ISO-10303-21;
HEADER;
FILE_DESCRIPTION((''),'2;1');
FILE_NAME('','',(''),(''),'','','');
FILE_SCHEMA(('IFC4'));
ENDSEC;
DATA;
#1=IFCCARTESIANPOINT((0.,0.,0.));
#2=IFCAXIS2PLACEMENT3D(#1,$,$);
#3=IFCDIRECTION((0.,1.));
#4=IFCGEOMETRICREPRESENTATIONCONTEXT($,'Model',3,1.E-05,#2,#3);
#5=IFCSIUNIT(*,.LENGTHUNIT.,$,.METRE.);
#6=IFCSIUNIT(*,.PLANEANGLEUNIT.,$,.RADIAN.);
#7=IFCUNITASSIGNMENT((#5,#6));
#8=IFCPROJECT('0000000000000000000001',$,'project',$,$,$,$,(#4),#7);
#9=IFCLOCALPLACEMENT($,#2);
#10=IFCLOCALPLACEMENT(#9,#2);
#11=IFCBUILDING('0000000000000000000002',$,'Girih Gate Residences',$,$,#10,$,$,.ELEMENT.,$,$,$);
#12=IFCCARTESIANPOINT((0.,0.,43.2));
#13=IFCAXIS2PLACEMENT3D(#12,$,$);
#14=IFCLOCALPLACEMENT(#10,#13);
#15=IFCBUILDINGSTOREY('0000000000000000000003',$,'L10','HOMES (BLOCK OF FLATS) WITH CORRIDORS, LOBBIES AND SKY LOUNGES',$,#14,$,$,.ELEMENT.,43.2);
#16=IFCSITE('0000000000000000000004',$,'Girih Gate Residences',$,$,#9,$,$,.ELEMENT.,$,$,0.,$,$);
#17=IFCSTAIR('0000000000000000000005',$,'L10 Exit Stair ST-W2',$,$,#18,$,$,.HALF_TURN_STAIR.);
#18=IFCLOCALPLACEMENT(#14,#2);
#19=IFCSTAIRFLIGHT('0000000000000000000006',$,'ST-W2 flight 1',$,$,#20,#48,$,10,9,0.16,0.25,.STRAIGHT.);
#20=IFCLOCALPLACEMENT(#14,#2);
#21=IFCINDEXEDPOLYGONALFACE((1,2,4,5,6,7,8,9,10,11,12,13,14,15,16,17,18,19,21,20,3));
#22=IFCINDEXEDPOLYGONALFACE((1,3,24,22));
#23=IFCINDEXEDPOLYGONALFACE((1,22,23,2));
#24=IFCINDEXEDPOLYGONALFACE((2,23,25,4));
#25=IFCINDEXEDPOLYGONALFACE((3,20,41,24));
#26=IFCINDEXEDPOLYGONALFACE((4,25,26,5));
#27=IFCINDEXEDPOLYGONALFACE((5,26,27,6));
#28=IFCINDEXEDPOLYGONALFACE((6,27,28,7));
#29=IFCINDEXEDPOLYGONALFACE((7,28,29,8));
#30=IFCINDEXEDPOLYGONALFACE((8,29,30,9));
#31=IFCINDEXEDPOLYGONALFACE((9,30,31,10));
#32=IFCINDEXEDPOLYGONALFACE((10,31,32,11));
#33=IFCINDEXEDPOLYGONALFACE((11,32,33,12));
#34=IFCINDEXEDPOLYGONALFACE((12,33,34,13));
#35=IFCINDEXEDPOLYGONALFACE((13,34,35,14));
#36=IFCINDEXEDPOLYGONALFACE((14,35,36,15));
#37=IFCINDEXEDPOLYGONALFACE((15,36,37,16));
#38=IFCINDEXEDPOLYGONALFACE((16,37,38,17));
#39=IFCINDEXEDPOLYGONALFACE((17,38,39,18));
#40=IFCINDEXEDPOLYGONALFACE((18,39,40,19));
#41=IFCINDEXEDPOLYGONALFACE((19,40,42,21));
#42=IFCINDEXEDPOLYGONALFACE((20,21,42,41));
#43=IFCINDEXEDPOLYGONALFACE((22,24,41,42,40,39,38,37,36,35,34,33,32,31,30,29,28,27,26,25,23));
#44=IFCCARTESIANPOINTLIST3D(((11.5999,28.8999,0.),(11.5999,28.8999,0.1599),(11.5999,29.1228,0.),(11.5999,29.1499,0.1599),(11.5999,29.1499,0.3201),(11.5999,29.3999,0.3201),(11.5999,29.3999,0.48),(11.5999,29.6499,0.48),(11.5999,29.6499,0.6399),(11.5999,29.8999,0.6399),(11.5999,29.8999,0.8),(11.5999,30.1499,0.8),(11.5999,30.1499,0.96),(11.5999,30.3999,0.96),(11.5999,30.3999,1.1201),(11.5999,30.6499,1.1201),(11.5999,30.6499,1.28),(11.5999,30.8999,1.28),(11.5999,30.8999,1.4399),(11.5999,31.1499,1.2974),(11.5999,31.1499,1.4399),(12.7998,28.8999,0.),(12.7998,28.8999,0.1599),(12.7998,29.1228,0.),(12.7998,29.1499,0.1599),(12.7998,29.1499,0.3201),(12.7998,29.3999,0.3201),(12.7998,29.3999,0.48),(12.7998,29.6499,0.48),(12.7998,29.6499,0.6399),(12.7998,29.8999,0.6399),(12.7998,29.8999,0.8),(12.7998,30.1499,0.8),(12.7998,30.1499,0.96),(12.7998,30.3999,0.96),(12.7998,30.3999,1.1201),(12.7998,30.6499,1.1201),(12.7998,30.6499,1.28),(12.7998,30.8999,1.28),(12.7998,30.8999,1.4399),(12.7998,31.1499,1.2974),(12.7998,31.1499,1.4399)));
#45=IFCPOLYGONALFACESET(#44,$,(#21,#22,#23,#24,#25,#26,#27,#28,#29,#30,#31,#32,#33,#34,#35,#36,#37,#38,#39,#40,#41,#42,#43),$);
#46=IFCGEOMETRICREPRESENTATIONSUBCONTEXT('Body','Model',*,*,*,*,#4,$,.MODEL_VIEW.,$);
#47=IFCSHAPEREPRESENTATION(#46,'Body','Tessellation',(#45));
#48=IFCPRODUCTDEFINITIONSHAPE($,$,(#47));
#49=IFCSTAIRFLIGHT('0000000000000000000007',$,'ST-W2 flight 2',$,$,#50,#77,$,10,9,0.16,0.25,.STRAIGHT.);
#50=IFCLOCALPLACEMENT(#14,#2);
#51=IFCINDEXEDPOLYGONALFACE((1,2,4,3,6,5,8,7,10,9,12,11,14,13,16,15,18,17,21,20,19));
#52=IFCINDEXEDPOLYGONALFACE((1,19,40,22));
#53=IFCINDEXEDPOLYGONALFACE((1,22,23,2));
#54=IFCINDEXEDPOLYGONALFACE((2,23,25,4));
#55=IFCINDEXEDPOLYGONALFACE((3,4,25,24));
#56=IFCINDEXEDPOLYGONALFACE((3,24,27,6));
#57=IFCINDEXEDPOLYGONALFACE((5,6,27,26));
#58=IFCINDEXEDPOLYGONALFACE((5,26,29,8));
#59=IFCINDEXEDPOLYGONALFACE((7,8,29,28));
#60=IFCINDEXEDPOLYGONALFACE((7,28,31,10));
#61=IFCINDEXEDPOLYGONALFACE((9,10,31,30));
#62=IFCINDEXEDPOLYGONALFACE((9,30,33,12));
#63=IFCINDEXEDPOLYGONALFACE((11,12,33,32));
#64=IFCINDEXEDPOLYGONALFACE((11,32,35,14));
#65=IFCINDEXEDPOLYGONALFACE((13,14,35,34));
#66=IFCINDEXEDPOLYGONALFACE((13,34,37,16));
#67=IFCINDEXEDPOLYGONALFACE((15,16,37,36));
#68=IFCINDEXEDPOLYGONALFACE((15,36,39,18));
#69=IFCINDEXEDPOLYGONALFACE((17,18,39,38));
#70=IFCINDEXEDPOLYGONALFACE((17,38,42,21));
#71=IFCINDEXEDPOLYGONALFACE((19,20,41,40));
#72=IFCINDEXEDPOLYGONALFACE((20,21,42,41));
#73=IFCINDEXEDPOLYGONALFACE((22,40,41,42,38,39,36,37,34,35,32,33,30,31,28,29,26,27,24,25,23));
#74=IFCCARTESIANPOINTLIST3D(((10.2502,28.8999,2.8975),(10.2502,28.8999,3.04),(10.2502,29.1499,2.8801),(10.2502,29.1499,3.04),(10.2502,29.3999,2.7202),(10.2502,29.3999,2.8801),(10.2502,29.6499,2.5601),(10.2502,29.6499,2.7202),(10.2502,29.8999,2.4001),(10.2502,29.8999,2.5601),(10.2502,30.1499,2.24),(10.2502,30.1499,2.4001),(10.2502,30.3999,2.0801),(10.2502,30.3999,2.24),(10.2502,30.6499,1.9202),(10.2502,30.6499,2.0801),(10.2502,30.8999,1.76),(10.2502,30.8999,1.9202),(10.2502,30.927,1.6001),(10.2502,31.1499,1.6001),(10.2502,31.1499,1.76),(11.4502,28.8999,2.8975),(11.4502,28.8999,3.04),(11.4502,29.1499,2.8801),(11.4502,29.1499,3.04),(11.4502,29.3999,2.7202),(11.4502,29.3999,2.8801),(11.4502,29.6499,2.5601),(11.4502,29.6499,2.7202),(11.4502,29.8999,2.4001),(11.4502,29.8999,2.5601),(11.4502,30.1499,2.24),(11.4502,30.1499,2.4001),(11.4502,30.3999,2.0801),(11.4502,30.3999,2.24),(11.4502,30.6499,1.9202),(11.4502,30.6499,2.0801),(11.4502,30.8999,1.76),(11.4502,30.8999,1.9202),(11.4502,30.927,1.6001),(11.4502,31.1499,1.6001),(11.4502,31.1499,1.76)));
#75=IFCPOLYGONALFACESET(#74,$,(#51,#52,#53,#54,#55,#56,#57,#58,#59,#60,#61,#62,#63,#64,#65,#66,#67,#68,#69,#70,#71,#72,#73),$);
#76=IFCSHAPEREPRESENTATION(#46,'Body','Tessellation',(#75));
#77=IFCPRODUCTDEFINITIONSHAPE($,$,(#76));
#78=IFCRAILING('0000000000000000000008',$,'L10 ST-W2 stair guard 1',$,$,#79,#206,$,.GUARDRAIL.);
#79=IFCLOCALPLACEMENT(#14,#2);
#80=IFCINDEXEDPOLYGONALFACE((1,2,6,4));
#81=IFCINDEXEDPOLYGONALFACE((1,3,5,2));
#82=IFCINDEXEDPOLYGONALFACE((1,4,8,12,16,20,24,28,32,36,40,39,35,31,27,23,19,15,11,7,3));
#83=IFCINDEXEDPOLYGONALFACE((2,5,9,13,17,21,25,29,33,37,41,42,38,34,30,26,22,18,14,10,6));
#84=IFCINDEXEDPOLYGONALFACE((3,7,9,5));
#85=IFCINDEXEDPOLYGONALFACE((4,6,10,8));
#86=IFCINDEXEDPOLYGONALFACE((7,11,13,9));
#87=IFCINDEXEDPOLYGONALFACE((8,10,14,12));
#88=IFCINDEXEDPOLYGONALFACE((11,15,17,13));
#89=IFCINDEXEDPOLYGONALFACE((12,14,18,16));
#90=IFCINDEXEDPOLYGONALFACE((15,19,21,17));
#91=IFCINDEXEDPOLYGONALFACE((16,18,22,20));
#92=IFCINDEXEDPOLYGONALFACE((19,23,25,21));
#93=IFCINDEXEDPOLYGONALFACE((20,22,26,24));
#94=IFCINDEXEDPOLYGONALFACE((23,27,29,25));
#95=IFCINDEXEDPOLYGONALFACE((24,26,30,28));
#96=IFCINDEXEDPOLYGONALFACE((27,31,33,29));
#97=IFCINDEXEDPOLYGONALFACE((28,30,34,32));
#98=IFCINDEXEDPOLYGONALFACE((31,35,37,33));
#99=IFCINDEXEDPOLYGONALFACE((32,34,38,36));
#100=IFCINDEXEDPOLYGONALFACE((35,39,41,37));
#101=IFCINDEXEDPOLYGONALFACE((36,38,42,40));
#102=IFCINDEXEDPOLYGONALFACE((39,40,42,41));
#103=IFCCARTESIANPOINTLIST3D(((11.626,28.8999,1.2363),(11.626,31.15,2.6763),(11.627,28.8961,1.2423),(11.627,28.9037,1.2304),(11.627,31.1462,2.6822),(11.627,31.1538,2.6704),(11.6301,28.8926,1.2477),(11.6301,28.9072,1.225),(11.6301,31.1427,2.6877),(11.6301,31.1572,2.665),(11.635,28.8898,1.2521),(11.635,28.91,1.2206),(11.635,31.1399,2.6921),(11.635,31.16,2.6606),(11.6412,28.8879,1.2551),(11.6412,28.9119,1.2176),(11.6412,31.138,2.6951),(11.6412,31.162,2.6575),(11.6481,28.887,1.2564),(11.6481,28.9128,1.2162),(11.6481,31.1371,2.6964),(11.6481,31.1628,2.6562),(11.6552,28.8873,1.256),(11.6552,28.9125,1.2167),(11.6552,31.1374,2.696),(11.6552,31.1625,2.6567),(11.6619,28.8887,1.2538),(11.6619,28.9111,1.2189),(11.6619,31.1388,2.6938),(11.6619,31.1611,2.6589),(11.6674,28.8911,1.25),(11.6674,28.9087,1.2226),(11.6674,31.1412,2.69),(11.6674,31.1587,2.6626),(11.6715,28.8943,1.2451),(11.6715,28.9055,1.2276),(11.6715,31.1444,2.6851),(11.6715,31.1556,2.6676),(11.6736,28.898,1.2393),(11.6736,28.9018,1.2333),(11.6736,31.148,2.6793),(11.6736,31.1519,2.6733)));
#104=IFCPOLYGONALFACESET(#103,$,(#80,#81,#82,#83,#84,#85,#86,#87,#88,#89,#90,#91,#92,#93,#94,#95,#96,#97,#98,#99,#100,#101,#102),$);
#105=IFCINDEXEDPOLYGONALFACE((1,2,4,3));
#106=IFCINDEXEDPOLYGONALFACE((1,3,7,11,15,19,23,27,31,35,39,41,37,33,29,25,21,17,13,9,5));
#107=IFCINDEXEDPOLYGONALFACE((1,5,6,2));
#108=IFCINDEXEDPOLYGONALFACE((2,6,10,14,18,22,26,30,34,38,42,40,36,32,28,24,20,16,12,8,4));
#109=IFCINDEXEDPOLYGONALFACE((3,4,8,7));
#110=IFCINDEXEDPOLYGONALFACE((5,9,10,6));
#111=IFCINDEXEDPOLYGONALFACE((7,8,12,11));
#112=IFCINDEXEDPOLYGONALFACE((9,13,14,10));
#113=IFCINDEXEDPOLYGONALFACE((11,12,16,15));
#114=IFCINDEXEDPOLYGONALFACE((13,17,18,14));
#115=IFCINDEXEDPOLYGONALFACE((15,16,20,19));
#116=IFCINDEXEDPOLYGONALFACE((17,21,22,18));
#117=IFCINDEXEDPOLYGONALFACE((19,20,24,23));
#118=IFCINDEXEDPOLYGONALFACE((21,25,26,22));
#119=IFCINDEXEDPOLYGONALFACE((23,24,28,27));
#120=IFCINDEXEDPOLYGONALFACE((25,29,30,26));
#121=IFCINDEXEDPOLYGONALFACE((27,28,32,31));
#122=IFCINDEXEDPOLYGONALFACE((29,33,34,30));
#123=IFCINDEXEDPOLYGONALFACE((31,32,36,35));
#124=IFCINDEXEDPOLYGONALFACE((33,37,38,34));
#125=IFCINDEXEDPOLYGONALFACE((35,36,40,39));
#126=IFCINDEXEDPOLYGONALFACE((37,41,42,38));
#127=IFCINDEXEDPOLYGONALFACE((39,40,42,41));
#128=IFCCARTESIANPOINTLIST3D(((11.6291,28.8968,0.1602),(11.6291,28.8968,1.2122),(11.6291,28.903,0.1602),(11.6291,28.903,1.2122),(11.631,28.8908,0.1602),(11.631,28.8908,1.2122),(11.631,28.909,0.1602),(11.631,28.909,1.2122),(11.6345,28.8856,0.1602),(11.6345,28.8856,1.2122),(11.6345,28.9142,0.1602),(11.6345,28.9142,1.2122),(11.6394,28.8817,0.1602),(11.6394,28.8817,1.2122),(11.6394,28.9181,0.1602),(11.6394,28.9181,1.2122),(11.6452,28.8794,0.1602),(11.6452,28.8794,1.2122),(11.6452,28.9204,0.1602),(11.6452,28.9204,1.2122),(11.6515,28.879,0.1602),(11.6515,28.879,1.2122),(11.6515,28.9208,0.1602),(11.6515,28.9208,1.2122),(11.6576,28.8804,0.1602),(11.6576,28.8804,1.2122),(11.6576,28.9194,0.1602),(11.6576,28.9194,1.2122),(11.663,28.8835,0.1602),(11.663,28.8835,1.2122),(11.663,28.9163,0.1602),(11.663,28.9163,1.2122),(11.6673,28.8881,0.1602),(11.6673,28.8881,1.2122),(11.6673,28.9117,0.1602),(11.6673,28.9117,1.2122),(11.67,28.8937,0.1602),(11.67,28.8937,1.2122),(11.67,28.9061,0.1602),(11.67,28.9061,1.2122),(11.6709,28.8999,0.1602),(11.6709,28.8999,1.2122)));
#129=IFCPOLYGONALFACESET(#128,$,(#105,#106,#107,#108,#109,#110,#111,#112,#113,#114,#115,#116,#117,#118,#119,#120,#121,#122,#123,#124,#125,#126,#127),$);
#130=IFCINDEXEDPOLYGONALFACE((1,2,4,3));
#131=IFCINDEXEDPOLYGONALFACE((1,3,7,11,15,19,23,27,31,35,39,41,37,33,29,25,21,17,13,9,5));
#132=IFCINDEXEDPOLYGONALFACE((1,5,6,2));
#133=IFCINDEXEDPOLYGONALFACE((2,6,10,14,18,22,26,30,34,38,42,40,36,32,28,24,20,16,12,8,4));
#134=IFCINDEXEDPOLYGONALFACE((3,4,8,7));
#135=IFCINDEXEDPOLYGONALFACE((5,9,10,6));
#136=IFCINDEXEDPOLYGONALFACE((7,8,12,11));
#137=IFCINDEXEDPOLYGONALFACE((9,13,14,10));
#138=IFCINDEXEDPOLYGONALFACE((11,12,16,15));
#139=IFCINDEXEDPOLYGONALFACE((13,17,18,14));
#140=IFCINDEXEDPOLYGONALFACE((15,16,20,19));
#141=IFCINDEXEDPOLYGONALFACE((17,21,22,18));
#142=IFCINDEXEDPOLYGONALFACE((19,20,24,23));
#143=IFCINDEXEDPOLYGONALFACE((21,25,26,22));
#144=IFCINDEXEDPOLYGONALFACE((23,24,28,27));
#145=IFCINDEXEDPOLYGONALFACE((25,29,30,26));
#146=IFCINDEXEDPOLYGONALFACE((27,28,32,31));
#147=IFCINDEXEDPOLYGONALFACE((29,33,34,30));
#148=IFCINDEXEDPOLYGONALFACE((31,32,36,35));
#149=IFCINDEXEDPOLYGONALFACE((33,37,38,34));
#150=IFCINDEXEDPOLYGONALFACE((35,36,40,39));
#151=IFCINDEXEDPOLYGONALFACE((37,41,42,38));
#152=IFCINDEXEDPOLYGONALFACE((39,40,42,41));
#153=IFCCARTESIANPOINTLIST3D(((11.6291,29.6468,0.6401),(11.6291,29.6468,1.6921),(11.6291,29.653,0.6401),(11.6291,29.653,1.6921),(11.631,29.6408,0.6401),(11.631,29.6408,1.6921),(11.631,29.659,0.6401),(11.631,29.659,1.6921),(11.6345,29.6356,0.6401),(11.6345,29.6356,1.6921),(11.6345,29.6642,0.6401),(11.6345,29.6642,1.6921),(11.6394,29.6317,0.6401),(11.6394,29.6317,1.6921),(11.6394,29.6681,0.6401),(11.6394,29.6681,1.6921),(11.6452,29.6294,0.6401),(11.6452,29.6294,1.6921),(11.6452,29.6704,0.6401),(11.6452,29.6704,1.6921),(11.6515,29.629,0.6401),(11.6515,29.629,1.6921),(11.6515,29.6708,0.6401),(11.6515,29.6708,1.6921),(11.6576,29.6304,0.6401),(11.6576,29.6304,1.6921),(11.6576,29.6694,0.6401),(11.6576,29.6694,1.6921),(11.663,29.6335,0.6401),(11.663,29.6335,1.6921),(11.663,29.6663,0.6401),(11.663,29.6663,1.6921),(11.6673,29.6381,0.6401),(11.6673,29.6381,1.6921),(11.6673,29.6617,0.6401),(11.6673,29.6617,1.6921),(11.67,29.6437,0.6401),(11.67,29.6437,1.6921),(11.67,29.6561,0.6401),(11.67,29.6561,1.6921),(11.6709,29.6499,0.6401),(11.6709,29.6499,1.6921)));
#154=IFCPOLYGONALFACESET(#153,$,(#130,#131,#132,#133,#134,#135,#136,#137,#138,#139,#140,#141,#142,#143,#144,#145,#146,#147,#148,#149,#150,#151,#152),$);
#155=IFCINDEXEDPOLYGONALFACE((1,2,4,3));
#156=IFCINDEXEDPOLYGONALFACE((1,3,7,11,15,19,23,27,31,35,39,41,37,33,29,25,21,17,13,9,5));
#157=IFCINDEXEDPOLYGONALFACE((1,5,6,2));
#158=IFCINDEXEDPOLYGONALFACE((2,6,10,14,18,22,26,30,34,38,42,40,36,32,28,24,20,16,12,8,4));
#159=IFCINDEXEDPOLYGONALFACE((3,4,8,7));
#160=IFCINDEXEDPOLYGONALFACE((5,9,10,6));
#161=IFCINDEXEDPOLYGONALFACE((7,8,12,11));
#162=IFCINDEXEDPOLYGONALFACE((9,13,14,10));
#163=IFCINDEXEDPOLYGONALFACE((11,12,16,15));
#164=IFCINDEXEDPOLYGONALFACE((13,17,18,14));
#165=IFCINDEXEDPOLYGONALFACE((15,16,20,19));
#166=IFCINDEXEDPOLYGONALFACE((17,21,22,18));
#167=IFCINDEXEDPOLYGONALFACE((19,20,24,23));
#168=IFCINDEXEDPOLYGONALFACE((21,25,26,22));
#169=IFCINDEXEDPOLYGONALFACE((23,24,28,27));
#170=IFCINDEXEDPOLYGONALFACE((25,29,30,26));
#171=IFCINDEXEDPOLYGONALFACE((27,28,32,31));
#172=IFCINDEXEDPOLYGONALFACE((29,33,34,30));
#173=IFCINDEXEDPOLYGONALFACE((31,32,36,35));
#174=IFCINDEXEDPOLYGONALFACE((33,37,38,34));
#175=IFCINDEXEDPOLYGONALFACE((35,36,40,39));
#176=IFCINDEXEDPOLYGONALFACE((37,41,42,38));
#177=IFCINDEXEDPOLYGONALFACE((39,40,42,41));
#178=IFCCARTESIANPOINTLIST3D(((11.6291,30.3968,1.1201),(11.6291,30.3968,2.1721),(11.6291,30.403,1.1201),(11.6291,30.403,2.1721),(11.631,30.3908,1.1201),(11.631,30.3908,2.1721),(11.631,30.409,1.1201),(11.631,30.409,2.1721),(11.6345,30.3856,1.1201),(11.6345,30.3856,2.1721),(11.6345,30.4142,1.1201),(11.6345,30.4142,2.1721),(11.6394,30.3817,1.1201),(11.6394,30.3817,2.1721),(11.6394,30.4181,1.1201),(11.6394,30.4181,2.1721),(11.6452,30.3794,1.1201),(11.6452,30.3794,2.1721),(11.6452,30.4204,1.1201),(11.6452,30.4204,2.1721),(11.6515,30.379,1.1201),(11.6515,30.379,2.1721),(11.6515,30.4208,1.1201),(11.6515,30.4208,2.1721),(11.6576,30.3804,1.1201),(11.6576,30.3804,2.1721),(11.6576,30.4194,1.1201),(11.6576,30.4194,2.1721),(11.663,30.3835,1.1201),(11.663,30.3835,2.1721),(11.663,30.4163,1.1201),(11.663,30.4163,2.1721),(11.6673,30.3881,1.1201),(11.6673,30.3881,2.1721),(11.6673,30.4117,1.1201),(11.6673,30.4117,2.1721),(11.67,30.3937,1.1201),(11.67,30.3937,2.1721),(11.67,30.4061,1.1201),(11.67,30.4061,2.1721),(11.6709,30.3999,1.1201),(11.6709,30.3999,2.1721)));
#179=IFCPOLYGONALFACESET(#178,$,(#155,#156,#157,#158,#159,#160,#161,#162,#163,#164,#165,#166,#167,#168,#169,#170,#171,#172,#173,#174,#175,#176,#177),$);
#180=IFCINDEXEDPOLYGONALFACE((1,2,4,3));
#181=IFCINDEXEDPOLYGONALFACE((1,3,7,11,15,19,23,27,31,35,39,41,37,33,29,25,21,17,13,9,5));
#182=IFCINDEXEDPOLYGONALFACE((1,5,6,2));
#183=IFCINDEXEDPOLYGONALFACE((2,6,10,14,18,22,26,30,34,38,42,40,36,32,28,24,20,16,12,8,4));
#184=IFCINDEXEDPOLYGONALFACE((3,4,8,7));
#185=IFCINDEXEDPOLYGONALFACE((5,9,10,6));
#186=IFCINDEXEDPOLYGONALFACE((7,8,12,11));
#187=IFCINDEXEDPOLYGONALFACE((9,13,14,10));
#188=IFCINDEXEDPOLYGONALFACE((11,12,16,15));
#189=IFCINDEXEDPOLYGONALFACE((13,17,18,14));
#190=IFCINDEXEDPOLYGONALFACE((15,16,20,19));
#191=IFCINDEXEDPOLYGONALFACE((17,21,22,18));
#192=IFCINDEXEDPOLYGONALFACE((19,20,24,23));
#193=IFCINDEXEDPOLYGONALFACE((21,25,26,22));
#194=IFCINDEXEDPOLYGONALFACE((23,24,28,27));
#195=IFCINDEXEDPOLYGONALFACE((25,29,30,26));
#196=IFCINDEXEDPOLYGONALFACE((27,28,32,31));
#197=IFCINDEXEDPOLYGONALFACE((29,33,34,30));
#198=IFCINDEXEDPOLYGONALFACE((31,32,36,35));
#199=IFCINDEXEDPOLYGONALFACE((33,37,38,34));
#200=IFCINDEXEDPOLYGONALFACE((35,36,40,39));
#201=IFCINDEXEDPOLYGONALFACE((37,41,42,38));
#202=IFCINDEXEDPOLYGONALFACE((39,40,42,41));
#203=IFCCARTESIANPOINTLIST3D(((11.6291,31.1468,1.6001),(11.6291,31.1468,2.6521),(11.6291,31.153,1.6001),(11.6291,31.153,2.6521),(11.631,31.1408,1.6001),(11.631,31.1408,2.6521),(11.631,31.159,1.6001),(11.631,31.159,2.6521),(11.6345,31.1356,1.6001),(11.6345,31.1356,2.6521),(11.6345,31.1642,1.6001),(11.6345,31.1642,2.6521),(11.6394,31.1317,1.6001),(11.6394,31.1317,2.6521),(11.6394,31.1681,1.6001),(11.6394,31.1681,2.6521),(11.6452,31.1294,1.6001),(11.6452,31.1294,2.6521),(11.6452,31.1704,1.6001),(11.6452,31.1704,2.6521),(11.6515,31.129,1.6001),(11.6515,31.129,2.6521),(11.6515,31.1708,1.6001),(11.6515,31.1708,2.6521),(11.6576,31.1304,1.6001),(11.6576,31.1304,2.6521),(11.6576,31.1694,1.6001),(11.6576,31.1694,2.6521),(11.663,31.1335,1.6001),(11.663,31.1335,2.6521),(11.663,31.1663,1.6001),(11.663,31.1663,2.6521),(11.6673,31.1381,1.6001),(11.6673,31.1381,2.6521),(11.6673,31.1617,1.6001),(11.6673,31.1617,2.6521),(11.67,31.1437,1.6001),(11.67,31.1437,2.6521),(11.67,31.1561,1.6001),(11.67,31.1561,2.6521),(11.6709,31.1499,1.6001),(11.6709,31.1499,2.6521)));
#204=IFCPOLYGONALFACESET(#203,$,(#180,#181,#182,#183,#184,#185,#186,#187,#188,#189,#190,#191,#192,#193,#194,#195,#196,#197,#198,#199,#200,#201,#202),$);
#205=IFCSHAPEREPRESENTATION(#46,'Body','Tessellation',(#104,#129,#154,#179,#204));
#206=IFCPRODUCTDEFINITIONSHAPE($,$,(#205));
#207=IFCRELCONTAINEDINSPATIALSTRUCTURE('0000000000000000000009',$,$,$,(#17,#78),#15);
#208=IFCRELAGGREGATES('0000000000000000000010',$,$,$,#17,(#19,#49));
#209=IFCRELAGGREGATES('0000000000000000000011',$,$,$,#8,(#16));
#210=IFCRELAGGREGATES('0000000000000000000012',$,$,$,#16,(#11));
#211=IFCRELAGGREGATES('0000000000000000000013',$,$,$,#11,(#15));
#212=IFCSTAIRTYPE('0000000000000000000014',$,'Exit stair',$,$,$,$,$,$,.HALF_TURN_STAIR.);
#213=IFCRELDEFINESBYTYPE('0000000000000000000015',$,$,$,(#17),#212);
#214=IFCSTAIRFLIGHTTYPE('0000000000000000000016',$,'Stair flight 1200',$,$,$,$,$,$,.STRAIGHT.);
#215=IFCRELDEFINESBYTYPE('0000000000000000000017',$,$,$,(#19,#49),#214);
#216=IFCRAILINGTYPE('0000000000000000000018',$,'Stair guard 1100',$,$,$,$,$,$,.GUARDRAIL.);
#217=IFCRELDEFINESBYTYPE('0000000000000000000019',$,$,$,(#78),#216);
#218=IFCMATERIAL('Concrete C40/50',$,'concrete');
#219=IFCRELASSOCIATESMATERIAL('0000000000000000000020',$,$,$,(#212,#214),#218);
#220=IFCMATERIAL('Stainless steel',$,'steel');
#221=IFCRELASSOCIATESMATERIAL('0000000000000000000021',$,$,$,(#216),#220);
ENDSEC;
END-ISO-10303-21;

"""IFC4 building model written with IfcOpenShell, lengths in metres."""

from ifc_helpers import new_model, si_unit, direction, frame, origin, origin_2d, place, context, subcontext, project, spatial, polyline, circle, outline, extrude, material, type_object, element, aggregate, save


model = new_model("IFC4")

# Units and contexts
model_context = context("Model", 3, precision=1e-05, world=origin(), true_north=direction((0.0, 1.0)))
body_context = subcontext(model_context, "Body", "Model", "MODEL_VIEW")
ifc_project = project(units=[si_unit("LENGTHUNIT", "METRE"), si_unit("PLANEANGLEUNIT", "RADIAN")], contexts=[model_context])

# Site, building, storey
site_placement = place(None, origin())
site = spatial("IfcSite", under=ifc_project, at=site_placement, Name="Girih Gate Residences", CompositionType="ELEMENT", RefElevation=0.0)
building_placement = place(site_placement, origin())
building = spatial("IfcBuilding", under=site, at=building_placement, Name="Girih Gate Residences", CompositionType="ELEMENT")
storey_placement = place(building_placement, frame((0.0, 0.0, 43.2)))
storey = spatial("IfcBuildingStorey", under=building, at=storey_placement, Name="L10", Description="HOMES (BLOCK OF FLATS) WITH CORRIDORS, LOBBIES AND SKY LOUNGES", CompositionType="ELEMENT", Elevation=43.2)

# Shared definitions
ifc_material_1 = material(Name="Concrete C40/50", Category="concrete")

# Stair, stair flights
stair_type = type_object("IfcStairType", Name="Exit stair", PredefinedType="HALF_TURN_STAIR", material=ifc_material_1)
stair_placement = place(storey_placement, origin())
stair = element("IfcStair", 1, at=stair_placement, inside=storey, type_object=stair_type, Name="L10 Exit Stair ST-W2", PredefinedType="HALF_TURN_STAIR")
stair_flight_type = type_object("IfcStairFlightType", Name="Stair flight 1200", PredefinedType="STRAIGHT", material=ifc_material_1)
stair_flight_1_placement = place(storey_placement, frame((12.2, 28.8999, 0.0), z_axis=(0.0, 0.0, 1.0), x_axis=(0.0, 1.0, 0.0)))
stair_flight_1 = element("IfcStairFlight", 2, at=stair_flight_1_placement, type_object=stair_flight_type, Name="ST-W2 flight 1", NumberOfRisers=10, NumberOfTreads=9, PredefinedType="STRAIGHT", RiserHeight=0.16, TreadLength=0.25, context=body_context, shape_type="SweptSolid", body=[
    extrude(outline(polyline([(0.0, 0.0), (0.0, 0.1599), (0.25, 0.1599), (0.25, 0.3201), (0.5, 0.3201), (0.5, 0.48), (0.75, 0.48), (0.75, 0.6399), (1.0, 0.6399), (1.0, 0.8), (1.25, 0.8), (1.25, 0.96), (1.5, 0.96), (1.5, 1.1201), (1.75, 1.1201), (1.75, 1.28), (2.0, 1.28), (2.0, 1.4399), (2.25, 1.4399), (2.25, 1.6001), (2.25, 1.2974), (0.2229, 0.0), (0.0, 0.0)])), frame((0.0, 0.6001, 0.0), z_axis=(0.0, -1.0, 0.0), x_axis=(1.0, 0.0, 0.0)), (0.0, 0.0, 1.0), 1.2),
])
stair_flight_2_placement = place(storey_placement, frame((10.8501, 31.1499, 1.6001), z_axis=(0.0, 0.0, 1.0), x_axis=(0.0, -1.0, 0.0)))
stair_flight_2 = element("IfcStairFlight", 3, at=stair_flight_2_placement, type_object=stair_flight_type, Name="ST-W2 flight 2", NumberOfRisers=10, NumberOfTreads=9, PredefinedType="STRAIGHT", RiserHeight=0.16, TreadLength=0.25, context=body_context, shape_type="SweptSolid", body=[
    extrude(outline(polyline([(0.0, 0.0), (0.0, 0.1599), (0.25, 0.1599), (0.25, 0.3201), (0.5, 0.3201), (0.5, 0.48), (0.75, 0.48), (0.75, 0.6399), (1.0, 0.6399), (1.0, 0.8), (1.25, 0.8), (1.25, 0.96), (1.5, 0.96), (1.5, 1.1201), (1.75, 1.1201), (1.75, 1.28), (2.0, 1.28), (2.0, 1.4399), (2.25, 1.4399), (2.25, 1.6001), (2.25, 1.2974), (0.2229, 0.0), (0.0, 0.0)])), frame((0.0, 0.6001, 0.0), z_axis=(0.0, -1.0, 0.0), x_axis=(1.0, 0.0, 0.0)), (0.0, 0.0, 1.0), 1.2),
])
aggregate(stair, [stair_flight_1, stair_flight_2])

# Railing
ifc_material_2 = material(Name="Stainless steel", Category="steel")
railing_type_1 = type_object("IfcRailingType", Name="Stair guard 1100", PredefinedType="GUARDRAIL", material=ifc_material_2)
railing_1_placement = place(storey_placement, frame((11.6499, 28.8999, 0.1602)))
element("IfcRailing", 4, at=railing_1_placement, inside=storey, type_object=railing_type_1, Name="L10 ST-W2 stair guard 1", PredefinedType="GUARDRAIL", context=body_context, shape_type="SweptSolid", body=[
    extrude(circle(Radius=0.0239, at=origin_2d()), frame((0.0, 0.0, 1.0762), z_axis=(0.0, 0.842281, 0.539038), x_axis=(-1.0, 0.0, 0.0)), (0.0, 0.0, 1.0), 2.6714),
    extrude(circle(Radius=0.021, at=origin_2d()), origin(), (0.0, 0.0, 1.0), 1.052),
    extrude(circle(Radius=0.021, at=origin_2d()), frame((0.0, 0.75, 0.48)), (0.0, 0.0, 1.0), 1.052),
    extrude(circle(Radius=0.021, at=origin_2d()), frame((0.0, 1.5, 0.96)), (0.0, 0.0, 1.0), 1.052),
    extrude(circle(Radius=0.021, at=origin_2d()), frame((0.0, 2.25, 1.4399)), (0.0, 0.0, 1.0), 1.052),
])

save(model, "model.ifc")
